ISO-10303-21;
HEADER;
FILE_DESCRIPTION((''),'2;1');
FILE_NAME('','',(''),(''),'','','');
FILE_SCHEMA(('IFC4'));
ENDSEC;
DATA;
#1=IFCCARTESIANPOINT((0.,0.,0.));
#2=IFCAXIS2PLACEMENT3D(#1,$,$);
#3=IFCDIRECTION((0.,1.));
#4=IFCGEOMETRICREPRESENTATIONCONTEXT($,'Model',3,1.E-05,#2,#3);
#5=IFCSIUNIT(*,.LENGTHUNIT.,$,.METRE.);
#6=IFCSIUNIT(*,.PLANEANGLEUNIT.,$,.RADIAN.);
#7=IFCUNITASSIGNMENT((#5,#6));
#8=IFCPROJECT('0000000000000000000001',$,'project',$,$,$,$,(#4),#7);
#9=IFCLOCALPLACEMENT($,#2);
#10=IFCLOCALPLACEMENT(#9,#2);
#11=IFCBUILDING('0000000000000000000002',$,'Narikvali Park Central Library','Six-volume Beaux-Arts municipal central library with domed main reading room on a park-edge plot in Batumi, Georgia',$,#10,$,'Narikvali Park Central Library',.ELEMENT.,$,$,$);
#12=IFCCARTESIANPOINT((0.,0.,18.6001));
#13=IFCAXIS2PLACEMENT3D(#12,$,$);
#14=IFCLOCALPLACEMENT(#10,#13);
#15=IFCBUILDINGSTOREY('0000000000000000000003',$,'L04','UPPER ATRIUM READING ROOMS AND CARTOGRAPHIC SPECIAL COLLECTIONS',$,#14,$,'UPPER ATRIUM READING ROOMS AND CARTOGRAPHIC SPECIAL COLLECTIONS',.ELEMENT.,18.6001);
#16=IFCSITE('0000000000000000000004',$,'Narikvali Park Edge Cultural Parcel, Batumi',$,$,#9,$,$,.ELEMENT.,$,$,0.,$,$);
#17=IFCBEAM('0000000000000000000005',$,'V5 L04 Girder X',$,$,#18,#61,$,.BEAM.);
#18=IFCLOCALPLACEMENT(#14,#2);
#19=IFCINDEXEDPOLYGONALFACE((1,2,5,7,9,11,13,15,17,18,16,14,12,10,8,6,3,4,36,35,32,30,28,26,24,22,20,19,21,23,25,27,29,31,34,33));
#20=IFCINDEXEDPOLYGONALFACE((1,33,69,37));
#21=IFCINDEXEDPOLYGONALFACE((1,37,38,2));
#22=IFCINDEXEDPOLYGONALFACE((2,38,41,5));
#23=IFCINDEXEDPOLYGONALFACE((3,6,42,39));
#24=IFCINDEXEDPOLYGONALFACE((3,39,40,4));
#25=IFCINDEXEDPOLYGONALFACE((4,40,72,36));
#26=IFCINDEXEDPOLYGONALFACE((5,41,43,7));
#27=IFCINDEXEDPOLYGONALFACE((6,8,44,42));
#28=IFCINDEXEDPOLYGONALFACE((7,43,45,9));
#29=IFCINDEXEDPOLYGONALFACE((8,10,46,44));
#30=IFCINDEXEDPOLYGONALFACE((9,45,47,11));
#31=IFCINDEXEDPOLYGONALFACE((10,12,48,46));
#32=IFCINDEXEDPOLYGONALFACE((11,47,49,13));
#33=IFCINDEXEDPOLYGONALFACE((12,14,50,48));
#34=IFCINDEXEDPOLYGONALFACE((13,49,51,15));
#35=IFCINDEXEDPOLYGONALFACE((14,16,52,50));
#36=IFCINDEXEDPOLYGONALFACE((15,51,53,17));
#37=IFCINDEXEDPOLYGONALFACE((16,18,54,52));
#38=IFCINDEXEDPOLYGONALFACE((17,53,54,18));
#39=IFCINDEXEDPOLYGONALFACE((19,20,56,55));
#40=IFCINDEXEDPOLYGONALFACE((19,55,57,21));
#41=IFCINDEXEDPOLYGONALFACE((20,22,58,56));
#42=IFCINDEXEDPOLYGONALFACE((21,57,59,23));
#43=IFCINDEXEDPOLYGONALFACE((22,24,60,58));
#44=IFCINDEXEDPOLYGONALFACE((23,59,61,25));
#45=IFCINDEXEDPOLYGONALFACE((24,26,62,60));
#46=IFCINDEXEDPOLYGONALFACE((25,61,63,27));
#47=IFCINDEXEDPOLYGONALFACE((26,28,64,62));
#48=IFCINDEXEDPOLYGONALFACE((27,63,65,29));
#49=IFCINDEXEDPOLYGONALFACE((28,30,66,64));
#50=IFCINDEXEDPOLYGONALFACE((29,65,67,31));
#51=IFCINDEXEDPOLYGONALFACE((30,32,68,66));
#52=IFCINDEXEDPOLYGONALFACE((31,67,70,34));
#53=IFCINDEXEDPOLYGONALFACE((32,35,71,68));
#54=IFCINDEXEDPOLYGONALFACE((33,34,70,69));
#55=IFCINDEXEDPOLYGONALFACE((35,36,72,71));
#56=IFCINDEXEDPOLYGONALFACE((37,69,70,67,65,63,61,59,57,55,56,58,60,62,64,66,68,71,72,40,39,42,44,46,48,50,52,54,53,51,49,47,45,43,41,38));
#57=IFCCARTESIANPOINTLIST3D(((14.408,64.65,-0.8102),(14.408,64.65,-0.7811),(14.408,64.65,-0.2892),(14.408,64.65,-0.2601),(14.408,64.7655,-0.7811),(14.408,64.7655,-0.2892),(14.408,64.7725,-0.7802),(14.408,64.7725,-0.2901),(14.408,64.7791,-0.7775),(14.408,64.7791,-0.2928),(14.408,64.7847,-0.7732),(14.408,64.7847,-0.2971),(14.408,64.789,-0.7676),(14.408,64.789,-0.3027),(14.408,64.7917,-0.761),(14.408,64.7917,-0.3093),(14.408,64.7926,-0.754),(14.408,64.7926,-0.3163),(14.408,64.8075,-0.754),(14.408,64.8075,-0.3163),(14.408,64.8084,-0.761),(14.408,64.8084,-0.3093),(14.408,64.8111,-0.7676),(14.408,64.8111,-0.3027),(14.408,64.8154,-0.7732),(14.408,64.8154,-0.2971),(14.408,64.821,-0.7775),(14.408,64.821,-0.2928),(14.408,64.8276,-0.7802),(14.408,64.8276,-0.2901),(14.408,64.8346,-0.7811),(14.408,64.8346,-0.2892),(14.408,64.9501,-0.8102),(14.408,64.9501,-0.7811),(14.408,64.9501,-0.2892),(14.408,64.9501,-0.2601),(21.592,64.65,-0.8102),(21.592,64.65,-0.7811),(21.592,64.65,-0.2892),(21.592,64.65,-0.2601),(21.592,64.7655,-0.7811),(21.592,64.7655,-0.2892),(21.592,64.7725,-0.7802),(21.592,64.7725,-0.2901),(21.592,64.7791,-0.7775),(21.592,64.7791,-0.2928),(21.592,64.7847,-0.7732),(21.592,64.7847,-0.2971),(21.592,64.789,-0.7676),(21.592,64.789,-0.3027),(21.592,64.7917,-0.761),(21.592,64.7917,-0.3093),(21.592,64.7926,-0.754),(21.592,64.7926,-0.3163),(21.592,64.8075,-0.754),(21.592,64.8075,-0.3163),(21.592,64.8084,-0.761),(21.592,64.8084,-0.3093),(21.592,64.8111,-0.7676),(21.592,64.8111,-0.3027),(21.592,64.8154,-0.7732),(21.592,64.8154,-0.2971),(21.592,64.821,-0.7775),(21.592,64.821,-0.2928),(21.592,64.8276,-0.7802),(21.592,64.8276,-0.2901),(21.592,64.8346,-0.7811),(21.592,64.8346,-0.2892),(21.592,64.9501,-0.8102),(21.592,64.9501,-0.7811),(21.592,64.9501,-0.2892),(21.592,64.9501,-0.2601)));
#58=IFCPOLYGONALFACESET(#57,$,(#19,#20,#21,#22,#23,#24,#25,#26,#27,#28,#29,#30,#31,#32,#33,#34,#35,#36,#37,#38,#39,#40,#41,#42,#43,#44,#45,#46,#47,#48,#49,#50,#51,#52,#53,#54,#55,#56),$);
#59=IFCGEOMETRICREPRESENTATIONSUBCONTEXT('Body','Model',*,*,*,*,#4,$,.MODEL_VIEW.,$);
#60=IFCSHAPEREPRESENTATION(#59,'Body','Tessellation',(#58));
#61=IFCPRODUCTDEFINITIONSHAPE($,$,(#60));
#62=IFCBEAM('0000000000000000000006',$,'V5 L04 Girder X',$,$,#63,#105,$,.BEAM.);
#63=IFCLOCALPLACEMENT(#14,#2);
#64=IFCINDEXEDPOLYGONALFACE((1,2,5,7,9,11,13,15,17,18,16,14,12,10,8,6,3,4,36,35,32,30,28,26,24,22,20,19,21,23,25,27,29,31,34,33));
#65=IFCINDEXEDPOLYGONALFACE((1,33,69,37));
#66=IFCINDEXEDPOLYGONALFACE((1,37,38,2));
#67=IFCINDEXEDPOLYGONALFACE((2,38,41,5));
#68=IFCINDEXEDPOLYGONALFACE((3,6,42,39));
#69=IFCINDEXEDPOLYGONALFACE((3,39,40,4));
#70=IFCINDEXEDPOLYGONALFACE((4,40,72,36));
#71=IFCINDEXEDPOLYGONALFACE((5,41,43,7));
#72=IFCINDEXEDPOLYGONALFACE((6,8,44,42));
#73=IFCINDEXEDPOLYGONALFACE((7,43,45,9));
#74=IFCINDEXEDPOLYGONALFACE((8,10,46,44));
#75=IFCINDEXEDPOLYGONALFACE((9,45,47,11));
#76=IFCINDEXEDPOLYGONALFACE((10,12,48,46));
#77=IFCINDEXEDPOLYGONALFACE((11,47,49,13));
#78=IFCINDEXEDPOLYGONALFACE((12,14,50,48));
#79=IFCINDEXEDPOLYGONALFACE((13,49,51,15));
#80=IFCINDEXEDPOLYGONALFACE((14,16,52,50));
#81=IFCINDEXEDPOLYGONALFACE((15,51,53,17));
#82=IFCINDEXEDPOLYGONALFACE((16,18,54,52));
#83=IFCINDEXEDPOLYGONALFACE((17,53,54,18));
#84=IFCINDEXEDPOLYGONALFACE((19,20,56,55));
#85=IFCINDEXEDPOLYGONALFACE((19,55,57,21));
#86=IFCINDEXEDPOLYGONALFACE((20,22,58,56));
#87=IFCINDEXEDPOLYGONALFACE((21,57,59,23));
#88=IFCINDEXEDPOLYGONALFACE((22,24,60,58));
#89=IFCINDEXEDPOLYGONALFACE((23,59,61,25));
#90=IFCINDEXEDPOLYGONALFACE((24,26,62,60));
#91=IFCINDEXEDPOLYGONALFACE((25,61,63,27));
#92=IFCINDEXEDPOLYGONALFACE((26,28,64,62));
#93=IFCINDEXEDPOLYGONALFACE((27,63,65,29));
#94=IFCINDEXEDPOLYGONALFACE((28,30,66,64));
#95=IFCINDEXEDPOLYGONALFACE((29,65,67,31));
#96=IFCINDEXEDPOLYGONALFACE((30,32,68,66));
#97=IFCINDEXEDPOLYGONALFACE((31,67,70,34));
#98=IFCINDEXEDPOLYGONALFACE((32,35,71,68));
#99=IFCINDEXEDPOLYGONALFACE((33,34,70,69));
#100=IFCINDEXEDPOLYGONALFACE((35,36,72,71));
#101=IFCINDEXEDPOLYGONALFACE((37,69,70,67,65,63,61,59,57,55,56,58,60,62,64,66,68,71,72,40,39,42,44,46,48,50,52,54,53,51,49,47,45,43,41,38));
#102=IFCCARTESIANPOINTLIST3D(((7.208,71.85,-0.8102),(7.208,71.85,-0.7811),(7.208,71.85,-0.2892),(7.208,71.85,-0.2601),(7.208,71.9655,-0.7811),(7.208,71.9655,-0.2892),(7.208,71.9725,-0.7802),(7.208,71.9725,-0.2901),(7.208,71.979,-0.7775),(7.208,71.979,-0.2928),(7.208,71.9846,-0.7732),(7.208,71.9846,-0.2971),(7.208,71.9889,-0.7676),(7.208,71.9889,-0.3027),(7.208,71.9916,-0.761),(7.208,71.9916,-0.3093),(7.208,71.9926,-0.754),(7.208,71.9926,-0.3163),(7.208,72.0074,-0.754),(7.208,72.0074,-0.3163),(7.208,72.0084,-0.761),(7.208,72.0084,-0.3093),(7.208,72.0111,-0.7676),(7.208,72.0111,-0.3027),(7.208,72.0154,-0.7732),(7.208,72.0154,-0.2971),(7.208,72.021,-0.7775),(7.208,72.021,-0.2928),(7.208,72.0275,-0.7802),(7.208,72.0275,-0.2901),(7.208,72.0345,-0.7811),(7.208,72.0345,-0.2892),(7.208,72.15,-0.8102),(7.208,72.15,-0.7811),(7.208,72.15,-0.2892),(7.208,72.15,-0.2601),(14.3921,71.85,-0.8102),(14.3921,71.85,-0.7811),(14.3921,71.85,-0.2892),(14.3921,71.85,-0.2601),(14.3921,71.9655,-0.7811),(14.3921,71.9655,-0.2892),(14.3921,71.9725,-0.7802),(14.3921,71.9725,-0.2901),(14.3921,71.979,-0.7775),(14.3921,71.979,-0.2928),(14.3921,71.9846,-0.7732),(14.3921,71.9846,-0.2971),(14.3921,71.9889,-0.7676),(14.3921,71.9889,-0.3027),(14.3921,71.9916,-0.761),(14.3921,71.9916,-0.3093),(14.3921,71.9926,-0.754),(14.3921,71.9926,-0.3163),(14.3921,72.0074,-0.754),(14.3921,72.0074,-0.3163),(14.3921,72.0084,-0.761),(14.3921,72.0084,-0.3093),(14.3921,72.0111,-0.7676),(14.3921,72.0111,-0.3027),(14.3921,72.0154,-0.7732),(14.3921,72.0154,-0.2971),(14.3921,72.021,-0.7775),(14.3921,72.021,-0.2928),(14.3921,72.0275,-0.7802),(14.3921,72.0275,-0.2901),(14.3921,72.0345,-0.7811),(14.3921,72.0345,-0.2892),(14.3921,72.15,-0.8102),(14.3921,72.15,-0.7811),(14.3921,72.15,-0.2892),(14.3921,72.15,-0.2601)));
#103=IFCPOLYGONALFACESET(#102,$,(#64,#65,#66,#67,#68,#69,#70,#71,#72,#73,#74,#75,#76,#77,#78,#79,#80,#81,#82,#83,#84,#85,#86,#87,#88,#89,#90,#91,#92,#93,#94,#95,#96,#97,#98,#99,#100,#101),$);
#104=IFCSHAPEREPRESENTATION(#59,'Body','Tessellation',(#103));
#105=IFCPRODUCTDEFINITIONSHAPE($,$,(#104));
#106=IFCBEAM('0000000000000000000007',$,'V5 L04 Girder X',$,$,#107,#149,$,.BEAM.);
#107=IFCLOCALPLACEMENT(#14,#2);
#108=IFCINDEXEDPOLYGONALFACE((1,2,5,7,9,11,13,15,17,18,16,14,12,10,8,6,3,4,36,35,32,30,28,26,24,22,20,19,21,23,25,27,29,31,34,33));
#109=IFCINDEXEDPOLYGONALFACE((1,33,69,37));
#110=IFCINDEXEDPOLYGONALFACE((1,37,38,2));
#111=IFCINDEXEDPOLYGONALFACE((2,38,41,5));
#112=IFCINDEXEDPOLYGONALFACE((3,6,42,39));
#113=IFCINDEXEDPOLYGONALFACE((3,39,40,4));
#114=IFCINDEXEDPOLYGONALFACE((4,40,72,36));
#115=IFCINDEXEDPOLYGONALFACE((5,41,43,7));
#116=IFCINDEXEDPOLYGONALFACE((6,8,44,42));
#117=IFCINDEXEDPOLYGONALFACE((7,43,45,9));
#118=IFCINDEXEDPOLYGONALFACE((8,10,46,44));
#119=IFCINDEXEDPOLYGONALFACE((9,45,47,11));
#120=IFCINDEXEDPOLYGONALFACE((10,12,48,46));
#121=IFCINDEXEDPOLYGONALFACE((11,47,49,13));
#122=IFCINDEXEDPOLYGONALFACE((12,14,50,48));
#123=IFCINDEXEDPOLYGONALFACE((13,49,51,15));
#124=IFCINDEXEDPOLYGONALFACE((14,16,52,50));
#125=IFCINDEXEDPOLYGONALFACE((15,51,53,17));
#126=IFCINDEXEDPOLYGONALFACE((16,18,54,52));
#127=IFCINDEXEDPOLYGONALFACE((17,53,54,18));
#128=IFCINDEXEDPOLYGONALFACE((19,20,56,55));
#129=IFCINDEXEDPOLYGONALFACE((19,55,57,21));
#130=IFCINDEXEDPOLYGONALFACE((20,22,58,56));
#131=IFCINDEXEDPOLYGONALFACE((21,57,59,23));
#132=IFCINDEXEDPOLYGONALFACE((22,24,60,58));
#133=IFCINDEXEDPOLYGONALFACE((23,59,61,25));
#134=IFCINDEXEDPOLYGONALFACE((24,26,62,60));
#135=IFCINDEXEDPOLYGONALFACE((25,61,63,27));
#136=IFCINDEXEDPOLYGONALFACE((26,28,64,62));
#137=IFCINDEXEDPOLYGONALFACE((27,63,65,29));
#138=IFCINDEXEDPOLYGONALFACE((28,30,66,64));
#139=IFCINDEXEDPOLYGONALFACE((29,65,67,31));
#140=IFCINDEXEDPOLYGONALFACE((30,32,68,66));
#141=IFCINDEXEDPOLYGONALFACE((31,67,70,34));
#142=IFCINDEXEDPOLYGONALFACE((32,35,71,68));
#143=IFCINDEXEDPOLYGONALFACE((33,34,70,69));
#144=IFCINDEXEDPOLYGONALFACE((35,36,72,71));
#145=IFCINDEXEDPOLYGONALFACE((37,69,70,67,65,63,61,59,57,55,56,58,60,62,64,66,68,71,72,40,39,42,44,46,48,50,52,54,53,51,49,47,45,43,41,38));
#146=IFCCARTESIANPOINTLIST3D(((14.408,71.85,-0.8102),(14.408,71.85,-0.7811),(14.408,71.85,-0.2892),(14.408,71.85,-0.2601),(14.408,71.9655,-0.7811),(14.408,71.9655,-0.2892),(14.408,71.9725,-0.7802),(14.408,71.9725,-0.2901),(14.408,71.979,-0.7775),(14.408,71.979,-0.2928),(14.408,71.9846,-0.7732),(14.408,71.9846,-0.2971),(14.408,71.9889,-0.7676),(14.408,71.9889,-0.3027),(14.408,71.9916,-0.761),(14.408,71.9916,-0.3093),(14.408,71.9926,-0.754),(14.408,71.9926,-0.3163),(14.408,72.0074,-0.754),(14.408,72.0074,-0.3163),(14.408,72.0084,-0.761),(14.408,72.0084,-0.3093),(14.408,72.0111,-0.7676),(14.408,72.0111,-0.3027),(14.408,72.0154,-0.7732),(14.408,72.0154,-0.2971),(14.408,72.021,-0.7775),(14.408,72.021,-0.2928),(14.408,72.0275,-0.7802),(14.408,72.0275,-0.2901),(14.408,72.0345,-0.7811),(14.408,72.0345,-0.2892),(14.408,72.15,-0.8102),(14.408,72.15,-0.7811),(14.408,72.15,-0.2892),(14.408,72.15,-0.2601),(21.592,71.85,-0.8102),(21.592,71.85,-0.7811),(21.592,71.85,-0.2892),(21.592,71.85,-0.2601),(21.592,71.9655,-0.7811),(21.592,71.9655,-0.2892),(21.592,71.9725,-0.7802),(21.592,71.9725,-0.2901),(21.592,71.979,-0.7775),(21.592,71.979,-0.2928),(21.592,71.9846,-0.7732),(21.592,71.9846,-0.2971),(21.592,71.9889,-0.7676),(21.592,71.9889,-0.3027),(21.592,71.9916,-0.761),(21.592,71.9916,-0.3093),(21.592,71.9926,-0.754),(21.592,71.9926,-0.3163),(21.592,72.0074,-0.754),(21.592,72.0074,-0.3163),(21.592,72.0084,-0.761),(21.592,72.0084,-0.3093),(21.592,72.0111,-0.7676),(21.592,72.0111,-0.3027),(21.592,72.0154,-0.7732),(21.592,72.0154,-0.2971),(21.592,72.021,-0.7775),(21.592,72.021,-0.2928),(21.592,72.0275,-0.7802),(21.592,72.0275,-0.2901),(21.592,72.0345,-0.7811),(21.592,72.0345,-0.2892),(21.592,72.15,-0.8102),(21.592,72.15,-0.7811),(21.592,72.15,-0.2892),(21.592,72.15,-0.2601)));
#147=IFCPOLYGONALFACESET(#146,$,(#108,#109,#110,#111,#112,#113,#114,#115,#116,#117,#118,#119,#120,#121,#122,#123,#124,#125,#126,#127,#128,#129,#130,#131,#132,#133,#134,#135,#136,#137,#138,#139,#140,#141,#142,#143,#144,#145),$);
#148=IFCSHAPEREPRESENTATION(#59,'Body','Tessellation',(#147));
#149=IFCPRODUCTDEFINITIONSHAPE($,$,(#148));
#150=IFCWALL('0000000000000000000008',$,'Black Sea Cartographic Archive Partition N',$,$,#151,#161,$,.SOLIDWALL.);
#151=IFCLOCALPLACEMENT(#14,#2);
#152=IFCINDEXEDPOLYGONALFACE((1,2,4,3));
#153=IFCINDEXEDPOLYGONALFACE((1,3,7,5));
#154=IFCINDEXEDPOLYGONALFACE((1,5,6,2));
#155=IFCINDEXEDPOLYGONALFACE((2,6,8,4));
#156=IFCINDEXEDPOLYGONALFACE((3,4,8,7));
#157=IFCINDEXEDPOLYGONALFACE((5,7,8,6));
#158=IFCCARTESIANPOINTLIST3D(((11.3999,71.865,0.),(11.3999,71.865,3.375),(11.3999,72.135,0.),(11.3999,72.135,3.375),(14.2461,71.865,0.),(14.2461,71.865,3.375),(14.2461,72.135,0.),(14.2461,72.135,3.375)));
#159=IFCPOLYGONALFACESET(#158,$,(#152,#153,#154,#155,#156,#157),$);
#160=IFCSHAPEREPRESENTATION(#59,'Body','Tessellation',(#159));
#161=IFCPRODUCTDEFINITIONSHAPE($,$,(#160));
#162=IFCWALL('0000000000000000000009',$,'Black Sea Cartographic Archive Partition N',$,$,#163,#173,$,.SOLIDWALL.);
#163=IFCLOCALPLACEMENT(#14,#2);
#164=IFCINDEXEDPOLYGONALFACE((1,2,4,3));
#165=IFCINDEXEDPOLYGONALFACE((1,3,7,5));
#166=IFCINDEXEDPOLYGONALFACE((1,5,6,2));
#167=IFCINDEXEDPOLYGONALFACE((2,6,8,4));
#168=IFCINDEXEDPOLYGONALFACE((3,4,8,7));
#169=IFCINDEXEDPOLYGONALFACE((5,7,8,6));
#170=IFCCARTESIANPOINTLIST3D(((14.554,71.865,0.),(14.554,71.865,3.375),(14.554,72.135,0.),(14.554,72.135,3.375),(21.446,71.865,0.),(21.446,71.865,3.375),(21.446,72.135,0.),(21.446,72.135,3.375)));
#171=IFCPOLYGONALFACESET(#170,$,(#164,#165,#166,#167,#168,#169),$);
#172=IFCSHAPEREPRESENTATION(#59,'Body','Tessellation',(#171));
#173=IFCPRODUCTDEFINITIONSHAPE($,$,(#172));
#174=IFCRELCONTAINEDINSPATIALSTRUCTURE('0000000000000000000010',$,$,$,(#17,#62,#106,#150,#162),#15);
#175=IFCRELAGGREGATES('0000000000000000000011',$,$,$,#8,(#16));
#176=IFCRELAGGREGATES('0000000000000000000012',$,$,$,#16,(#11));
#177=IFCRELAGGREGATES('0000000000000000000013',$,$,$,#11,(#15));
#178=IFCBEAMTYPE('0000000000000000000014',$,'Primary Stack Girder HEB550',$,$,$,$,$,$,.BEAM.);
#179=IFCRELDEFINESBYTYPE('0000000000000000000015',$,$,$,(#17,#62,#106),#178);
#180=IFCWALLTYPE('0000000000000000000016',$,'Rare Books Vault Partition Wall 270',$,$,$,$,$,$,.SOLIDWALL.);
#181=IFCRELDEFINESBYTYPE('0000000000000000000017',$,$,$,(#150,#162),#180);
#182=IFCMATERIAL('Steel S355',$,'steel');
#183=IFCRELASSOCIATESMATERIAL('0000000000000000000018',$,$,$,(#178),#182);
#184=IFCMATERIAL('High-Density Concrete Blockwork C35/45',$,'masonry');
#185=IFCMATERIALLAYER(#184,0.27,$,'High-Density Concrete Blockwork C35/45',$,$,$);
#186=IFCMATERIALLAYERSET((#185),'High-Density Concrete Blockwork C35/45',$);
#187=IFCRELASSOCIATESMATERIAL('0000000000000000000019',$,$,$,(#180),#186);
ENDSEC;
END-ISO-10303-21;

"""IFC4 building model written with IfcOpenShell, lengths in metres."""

from ifc_helpers import new_model, si_unit, direction, frame, frame_2d, origin, origin_2d, place, context, subcontext, project, spatial, rectangle, i_section, extrude, material, layer, layer_set, material_profile, profile_set, type_object, element, save


model = new_model("IFC4")

# Units and contexts
model_context = context("Model", 3, precision=1e-05, world=origin(), true_north=direction((0.0, 1.0)))
body_context = subcontext(model_context, "Body", "Model", "MODEL_VIEW")
ifc_project = project(units=[si_unit("LENGTHUNIT", "METRE"), si_unit("PLANEANGLEUNIT", "RADIAN")], contexts=[model_context])

# Site, building, storey
site_placement = place(None, origin())
site = spatial("IfcSite", under=ifc_project, at=site_placement, Name="Narikvali Park Edge Cultural Parcel, Batumi", CompositionType="ELEMENT", RefElevation=0.0)
building_placement = place(site_placement, origin())
building = spatial("IfcBuilding", under=site, at=building_placement, Name="Narikvali Park Central Library", Description="Six-volume Beaux-Arts municipal central library with domed main reading room on a park-edge plot in Batumi, Georgia", LongName="Narikvali Park Central Library", CompositionType="ELEMENT")
storey_placement = place(building_placement, frame((0.0, 0.0, 18.6001)))
storey = spatial("IfcBuildingStorey", under=building, at=storey_placement, Name="L04", Description="UPPER ATRIUM READING ROOMS AND CARTOGRAPHIC SPECIAL COLLECTIONS", LongName="UPPER ATRIUM READING ROOMS AND CARTOGRAPHIC SPECIAL COLLECTIONS", CompositionType="ELEMENT", Elevation=18.6001)

# Shared definitions
ifc_material_1 = material(Name="Steel S355", Category="steel")

# Beams
ifc_material_profile_1 = material_profile(ifc_material_1, i_section(OverallWidth=0.3, OverallDepth=0.55, WebThickness=0.0149, FlangeThickness=0.0291, FilletRadius=0.0271, at=origin_2d()), Name="HEB 550")
ifc_profile_set_1 = profile_set([ifc_material_profile_1], Name="Steel S355")
beam_type_1 = type_object("IfcBeamType", Name="Primary Stack Girder HEB550", PredefinedType="BEAM", material=ifc_profile_set_1)
for number, where, z_axis, x_axis, name in (
    (1, (14.408, 64.8, -0.5352), (1.0, 0.0, 0.0), (0.0, 1.0, 0.0), "V5 L04 Girder X"),
    (2, (7.208, 72.0, -0.5352), (1.0, 0.0, 0.0), (0.0, 1.0, 0.0), "V5 L04 Girder X"),
    (3, (14.408, 72.0, -0.5352), (1.0, 0.0, 0.0), (0.0, 1.0, 0.0), "V5 L04 Girder X"),
):
    element("IfcBeam", number, at=place(storey_placement, frame(where, z_axis=z_axis, x_axis=x_axis)), inside=storey, type_object=beam_type_1, Name=name, PredefinedType="BEAM", context=body_context, shape_type="SweptSolid", body=[
        extrude(i_section(OverallWidth=0.3, OverallDepth=0.55, WebThickness=0.0149, FlangeThickness=0.0291, FilletRadius=0.0271, at=origin_2d()), origin(), (0.0, 0.0, 1.0), 7.1841),
    ])

# Walls
ifc_material_2 = material(Name="High-Density Concrete Blockwork C35/45", Category="masonry")
ifc_layer_1 = layer(ifc_material_2, 0.27, Name="High-Density Concrete Blockwork C35/45")
ifc_layer_set_1 = layer_set([ifc_layer_1], Name="High-Density Concrete Blockwork C35/45")
wall_type_1 = type_object("IfcWallType", Name="Rare Books Vault Partition Wall 270", PredefinedType="SOLIDWALL", material=ifc_layer_set_1)
wall_1_placement = place(storey_placement, frame((11.3999, 72.0, 0.0), z_axis=(0.0, 0.0, 1.0), x_axis=(1.0, 0.0, 0.0)))
element("IfcWall", 4, at=wall_1_placement, inside=storey, type_object=wall_type_1, Name="Black Sea Cartographic Archive Partition N", PredefinedType="SOLIDWALL", context=body_context, shape_type="SweptSolid", body=[
    extrude(rectangle(XDim=2.8462, YDim=0.27, at=frame_2d((1.4231, 0.0))), origin(), (0.0, 0.0, 1.0), 3.375),
])
wall_2_placement = place(storey_placement, frame((14.554, 72.0, 0.0), z_axis=(0.0, 0.0, 1.0), x_axis=(1.0, 0.0, 0.0)))
element("IfcWall", 5, at=wall_2_placement, inside=storey, type_object=wall_type_1, Name="Black Sea Cartographic Archive Partition N", PredefinedType="SOLIDWALL", context=body_context, shape_type="SweptSolid", body=[
    extrude(rectangle(XDim=6.8921, YDim=0.27, at=frame_2d((3.446, 0.0))), origin(), (0.0, 0.0, 1.0), 3.375),
])

save(model, "model.ifc")
